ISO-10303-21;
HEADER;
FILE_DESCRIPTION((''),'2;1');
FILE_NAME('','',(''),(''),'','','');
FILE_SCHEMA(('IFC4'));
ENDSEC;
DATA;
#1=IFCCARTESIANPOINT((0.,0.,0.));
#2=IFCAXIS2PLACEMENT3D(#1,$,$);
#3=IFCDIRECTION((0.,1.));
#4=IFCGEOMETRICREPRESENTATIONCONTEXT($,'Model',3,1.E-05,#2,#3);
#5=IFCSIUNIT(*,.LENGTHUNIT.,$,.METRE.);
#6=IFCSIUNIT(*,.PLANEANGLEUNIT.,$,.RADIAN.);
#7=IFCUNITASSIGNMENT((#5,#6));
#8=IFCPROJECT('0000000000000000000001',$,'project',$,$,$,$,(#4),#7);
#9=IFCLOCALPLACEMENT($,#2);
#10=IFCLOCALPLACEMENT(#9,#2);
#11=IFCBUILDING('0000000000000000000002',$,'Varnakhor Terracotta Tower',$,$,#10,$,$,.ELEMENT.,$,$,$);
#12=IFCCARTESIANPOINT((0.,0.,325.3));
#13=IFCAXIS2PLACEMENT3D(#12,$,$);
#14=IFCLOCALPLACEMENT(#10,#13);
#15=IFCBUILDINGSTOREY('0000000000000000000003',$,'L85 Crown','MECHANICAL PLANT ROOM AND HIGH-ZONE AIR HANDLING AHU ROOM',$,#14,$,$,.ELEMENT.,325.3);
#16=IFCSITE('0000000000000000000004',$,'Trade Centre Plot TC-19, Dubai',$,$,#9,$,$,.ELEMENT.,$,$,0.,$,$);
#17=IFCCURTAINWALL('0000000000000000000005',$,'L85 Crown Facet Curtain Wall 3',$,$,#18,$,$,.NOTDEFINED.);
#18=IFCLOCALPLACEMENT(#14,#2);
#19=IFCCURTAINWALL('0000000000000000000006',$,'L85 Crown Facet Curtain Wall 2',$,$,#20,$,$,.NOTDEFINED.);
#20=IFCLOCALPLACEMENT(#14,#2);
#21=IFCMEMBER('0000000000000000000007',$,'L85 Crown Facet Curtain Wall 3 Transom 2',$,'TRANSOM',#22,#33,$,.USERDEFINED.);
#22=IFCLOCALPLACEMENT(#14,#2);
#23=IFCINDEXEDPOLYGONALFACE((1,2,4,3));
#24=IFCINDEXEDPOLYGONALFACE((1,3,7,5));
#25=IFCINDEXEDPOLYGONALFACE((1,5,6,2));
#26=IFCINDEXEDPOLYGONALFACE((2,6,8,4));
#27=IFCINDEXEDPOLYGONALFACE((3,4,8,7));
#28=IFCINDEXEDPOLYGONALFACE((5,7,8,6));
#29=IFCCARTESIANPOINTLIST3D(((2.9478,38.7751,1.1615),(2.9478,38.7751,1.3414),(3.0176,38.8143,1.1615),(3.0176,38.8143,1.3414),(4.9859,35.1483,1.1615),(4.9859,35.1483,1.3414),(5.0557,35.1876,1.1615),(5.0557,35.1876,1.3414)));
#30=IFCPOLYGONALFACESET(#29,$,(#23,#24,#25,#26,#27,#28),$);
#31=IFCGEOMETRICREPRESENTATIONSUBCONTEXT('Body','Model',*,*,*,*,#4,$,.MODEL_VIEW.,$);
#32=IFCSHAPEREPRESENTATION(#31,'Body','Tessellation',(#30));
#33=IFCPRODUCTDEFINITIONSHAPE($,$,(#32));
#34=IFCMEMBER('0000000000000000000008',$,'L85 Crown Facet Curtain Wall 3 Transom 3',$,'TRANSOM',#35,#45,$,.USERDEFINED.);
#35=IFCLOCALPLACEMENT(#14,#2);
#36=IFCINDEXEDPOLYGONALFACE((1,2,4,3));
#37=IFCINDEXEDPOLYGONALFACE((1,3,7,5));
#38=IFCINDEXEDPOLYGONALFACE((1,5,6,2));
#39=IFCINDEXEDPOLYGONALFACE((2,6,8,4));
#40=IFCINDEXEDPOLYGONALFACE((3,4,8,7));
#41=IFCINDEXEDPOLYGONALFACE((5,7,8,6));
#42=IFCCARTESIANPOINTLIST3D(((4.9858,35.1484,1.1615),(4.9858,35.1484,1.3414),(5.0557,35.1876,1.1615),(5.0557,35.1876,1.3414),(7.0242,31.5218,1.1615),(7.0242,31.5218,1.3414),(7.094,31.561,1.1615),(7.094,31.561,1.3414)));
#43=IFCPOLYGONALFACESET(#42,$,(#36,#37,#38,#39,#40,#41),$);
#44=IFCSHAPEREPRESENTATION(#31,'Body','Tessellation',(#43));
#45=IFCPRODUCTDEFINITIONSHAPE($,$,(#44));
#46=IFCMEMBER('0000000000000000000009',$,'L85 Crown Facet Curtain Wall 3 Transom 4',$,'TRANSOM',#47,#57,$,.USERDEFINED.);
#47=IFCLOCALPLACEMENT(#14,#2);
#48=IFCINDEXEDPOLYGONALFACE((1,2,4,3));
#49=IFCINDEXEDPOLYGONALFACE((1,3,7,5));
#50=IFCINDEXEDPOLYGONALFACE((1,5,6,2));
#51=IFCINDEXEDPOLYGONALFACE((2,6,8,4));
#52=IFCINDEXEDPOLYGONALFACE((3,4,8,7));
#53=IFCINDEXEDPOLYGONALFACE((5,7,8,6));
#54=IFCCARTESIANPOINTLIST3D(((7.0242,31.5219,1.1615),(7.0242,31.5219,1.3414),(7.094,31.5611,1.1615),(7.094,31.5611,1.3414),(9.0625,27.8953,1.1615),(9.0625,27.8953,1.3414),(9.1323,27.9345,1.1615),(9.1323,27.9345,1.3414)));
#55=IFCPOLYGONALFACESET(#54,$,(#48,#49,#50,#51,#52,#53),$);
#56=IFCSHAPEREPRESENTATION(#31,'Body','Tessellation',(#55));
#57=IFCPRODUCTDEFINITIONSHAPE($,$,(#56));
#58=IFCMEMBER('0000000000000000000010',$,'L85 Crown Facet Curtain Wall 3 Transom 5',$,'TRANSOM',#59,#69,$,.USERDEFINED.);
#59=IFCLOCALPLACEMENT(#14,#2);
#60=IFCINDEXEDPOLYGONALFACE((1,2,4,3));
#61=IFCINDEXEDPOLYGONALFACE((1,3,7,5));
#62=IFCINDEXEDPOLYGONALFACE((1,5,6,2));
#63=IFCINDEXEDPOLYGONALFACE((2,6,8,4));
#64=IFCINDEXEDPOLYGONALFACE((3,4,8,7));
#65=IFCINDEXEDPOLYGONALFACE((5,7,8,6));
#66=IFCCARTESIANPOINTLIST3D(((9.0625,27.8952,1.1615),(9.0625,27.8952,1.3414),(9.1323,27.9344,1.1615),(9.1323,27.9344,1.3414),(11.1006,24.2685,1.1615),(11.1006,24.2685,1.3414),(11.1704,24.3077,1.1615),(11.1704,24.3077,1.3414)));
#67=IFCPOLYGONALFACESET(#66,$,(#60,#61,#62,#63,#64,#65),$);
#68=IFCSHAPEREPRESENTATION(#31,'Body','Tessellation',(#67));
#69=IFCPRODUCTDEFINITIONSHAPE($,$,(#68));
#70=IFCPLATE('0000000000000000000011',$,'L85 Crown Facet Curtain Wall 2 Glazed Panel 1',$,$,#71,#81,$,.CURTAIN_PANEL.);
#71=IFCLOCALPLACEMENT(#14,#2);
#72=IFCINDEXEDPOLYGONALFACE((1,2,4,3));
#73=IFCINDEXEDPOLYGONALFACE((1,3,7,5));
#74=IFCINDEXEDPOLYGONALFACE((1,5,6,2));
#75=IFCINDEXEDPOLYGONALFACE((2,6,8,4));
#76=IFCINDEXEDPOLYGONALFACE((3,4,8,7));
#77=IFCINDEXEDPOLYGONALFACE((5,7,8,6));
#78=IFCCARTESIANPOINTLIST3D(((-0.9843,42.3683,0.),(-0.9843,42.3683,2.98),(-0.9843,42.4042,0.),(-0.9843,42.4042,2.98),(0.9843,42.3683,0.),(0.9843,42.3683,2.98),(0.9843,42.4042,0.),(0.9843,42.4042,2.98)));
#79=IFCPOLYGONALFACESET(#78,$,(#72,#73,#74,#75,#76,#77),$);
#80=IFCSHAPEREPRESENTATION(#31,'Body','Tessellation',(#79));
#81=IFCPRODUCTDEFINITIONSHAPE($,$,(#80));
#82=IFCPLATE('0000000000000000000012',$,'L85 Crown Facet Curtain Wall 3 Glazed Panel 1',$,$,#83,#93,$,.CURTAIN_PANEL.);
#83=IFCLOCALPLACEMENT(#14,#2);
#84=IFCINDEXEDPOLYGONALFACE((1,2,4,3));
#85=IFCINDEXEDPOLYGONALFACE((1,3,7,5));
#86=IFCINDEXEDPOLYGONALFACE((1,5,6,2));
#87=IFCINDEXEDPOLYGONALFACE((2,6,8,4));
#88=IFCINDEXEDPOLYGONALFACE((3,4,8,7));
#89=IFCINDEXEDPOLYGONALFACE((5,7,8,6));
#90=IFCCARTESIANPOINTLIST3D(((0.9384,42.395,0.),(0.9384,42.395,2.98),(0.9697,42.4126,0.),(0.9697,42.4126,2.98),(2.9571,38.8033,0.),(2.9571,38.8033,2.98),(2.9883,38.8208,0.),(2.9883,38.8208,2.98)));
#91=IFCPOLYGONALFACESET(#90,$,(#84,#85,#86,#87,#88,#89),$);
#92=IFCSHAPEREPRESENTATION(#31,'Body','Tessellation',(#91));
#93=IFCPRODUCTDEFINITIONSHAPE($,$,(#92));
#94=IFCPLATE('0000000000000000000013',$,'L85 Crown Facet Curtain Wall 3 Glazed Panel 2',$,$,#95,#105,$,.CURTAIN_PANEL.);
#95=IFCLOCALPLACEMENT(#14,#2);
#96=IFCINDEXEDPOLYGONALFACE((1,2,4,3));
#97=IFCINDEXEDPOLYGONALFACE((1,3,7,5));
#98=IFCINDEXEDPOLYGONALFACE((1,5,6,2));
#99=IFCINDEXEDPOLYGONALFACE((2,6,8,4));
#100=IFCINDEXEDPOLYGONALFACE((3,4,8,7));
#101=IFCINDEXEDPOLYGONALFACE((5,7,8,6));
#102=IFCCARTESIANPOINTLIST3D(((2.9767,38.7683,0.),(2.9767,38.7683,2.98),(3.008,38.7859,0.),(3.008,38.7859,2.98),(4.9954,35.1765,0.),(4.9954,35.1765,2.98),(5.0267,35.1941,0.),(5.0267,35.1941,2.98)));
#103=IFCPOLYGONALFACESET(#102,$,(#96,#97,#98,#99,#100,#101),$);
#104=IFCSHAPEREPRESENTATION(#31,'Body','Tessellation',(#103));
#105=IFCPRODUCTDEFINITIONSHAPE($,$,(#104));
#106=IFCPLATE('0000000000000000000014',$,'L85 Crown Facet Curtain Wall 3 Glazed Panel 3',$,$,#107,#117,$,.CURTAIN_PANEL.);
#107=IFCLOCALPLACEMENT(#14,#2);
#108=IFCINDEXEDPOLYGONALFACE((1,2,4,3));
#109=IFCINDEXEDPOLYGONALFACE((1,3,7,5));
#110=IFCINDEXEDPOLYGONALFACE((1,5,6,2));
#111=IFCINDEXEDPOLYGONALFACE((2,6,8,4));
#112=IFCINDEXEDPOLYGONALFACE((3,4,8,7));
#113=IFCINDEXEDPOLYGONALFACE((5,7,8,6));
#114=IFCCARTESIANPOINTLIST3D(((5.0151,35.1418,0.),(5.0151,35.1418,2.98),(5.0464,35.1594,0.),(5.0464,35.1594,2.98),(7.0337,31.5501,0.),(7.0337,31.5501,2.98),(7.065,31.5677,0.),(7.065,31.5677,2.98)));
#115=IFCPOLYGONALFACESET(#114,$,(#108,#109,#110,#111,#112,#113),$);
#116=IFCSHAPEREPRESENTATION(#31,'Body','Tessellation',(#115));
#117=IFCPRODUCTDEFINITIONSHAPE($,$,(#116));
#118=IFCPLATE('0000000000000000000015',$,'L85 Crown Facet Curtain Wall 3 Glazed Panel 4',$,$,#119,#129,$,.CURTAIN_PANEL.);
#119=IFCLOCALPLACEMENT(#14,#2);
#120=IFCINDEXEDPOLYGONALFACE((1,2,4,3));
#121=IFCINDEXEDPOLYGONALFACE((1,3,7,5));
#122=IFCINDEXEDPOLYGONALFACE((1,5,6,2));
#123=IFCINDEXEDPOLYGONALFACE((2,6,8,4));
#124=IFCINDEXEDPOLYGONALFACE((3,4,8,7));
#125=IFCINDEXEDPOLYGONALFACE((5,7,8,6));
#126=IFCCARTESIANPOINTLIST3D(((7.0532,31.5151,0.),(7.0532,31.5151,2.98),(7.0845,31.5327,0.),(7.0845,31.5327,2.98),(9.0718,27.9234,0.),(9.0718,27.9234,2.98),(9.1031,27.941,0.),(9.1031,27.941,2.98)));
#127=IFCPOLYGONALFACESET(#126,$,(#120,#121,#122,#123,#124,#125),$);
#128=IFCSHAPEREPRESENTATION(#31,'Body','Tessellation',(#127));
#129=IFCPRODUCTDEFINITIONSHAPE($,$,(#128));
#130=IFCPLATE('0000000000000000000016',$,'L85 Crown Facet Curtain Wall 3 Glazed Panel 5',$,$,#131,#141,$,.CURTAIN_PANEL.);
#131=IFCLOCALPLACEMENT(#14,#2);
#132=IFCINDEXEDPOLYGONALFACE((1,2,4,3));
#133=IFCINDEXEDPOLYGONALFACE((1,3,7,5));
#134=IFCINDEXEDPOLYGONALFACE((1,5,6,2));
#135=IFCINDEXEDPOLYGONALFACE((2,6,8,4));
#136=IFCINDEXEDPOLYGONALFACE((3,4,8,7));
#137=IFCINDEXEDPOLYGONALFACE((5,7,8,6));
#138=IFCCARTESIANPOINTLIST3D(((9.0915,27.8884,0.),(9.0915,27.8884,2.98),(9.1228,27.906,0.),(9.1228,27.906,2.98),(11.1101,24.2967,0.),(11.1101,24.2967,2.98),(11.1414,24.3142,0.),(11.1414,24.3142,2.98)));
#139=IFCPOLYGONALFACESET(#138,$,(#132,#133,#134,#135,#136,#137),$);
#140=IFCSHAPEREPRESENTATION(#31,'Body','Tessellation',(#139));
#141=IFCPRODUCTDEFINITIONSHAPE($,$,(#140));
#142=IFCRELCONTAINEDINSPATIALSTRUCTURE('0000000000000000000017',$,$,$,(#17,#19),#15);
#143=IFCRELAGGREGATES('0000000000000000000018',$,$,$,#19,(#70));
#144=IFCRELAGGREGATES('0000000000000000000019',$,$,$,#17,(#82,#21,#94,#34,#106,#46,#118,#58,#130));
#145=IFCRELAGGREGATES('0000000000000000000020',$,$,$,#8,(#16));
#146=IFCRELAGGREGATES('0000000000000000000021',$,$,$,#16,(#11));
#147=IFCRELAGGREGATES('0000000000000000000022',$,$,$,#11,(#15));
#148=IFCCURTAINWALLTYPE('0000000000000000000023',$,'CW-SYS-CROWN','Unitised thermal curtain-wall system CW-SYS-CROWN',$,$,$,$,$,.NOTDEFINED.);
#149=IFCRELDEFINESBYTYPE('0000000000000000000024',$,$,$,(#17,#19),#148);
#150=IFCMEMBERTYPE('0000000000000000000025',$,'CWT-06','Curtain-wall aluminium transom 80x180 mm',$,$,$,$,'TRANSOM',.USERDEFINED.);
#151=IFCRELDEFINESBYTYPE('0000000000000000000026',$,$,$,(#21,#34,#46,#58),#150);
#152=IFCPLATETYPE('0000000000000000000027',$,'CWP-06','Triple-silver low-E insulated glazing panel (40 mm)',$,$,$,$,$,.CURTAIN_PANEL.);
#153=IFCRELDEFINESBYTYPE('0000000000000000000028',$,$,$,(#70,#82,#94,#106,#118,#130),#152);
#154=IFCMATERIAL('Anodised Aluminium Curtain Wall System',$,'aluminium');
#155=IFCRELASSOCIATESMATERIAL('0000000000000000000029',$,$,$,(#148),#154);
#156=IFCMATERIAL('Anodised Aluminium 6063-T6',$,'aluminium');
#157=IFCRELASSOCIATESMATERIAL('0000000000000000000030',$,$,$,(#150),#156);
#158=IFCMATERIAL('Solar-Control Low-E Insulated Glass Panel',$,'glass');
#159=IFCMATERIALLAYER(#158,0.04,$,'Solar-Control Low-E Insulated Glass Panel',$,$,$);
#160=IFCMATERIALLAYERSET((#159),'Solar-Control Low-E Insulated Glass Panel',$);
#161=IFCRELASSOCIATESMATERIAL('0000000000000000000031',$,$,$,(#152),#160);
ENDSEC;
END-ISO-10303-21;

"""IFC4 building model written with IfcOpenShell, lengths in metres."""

from ifc_helpers import new_model, si_unit, direction, frame, origin, origin_2d, place, context, subcontext, project, spatial, rectangle, extrude, source, transform, mapped, material, layer, layer_set, material_profile, profile_set, type_object, element, aggregate, save


model = new_model("IFC4")

# Units and contexts
model_context = context("Model", 3, precision=1e-05, world=origin(), true_north=direction((0.0, 1.0)))
body_context = subcontext(model_context, "Body", "Model", "MODEL_VIEW")
ifc_project = project(units=[si_unit("LENGTHUNIT", "METRE"), si_unit("PLANEANGLEUNIT", "RADIAN")], contexts=[model_context])

# Site, building, storey
site_placement = place(None, origin())
site = spatial("IfcSite", under=ifc_project, at=site_placement, Name="Trade Centre Plot TC-19, Dubai", CompositionType="ELEMENT", RefElevation=0.0)
building_placement = place(site_placement, origin())
building = spatial("IfcBuilding", under=site, at=building_placement, Name="Varnakhor Terracotta Tower", CompositionType="ELEMENT")
storey_placement = place(building_placement, frame((0.0, 0.0, 325.3)))
storey = spatial("IfcBuildingStorey", under=building, at=storey_placement, Name="L85 Crown", Description="MECHANICAL PLANT ROOM AND HIGH-ZONE AIR HANDLING AHU ROOM", CompositionType="ELEMENT", Elevation=325.3)

# Curtain wall
ifc_material_1 = material(Name="Anodised Aluminium Curtain Wall System", Category="aluminium")
curtain_wall_type = type_object("IfcCurtainWallType", Name="CW-SYS-CROWN", Description="Unitised thermal curtain-wall system CW-SYS-CROWN", PredefinedType="NOTDEFINED", material=ifc_material_1)
curtain_wall_1_placement = place(storey_placement, origin())
curtain_wall_1 = element("IfcCurtainWall", 1, at=curtain_wall_1_placement, inside=storey, type_object=curtain_wall_type, Name="L85 Crown Facet Curtain Wall 3", PredefinedType="NOTDEFINED")
ifc_material_2 = material(Name="Anodised Aluminium 6063-T6", Category="aluminium")

# Curtain wall
curtain_wall_2_placement = place(storey_placement, origin())
curtain_wall_2 = element("IfcCurtainWall", 2, at=curtain_wall_2_placement, inside=storey, type_object=curtain_wall_type, Name="L85 Crown Facet Curtain Wall 2", PredefinedType="NOTDEFINED")
ifc_material_profile_1 = material_profile(ifc_material_2, rectangle(XDim=0.0801, YDim=0.1799, at=origin_2d()), Name="ALU TRANSOM 80x180")
ifc_profile_set_1 = profile_set([ifc_material_profile_1], Name="Anodised Aluminium 6063-T6")
member_type_1 = type_object("IfcMemberType", Name="CWT-06", Description="Curtain-wall aluminium transom 80x180 mm", ElementType="TRANSOM", PredefinedType="USERDEFINED", material=ifc_profile_set_1)

# Members
shared_shape_1 = source(origin(), body_context, "Body", "SweptSolid", [
    extrude(rectangle(XDim=0.0801, YDim=0.1799, at=origin_2d()), origin(), (0.0, 0.0, 1.0), 4.1602),
])
member_1_placement = place(storey_placement, frame((2.9827, 38.7947, 1.2515), z_axis=(0.489907, -0.871775, 0.0), x_axis=(0.871775, 0.489907, 0.0)))
member_1 = element("IfcMember", 3, at=member_1_placement, type_object=member_type_1, Name="L85 Crown Facet Curtain Wall 3 Transom 2", ObjectType="TRANSOM", PredefinedType="USERDEFINED", context=body_context, shape_type="MappedRepresentation", body=[
    mapped(shared_shape_1, transform((0.0, 0.0, 0.0), scale=1.0)),
])
member_2_placement = place(storey_placement, frame((5.0208, 35.168, 1.2515), z_axis=(0.489977, -0.871735, 0.0), x_axis=(0.871735, 0.489977, 0.0)))
member_2 = element("IfcMember", 4, at=member_2_placement, type_object=member_type_1, Name="L85 Crown Facet Curtain Wall 3 Transom 3", ObjectType="TRANSOM", PredefinedType="USERDEFINED", context=body_context, shape_type="MappedRepresentation", body=[
    mapped(shared_shape_1, transform((0.0, 0.0, 0.0), scale=1.0)),
])
member_3_placement = place(storey_placement, frame((7.0591, 31.5415, 1.2515), z_axis=(0.489952, -0.871749, 0.0), x_axis=(0.871749, 0.489952, 0.0)))
member_3 = element("IfcMember", 5, at=member_3_placement, type_object=member_type_1, Name="L85 Crown Facet Curtain Wall 3 Transom 4", ObjectType="TRANSOM", PredefinedType="USERDEFINED", context=body_context, shape_type="MappedRepresentation", body=[
    mapped(shared_shape_1, transform((0.0, 0.0, 0.0), scale=1.0)),
])
member_4_placement = place(storey_placement, frame((9.0974, 27.9148, 1.2515), z_axis=(0.489907, -0.871775, 0.0), x_axis=(0.871775, 0.489907, 0.0)))
member_4 = element("IfcMember", 6, at=member_4_placement, type_object=member_type_1, Name="L85 Crown Facet Curtain Wall 3 Transom 5", ObjectType="TRANSOM", PredefinedType="USERDEFINED", context=body_context, shape_type="MappedRepresentation", body=[
    mapped(shared_shape_1, transform((0.0, 0.0, 0.0), scale=1.0)),
])

# Plates
ifc_material_3 = material(Name="Solar-Control Low-E Insulated Glass Panel", Category="glass")
ifc_layer = layer(ifc_material_3, 0.04, Name="Solar-Control Low-E Insulated Glass Panel")
ifc_layer_set = layer_set([ifc_layer], Name="Solar-Control Low-E Insulated Glass Panel")
plate_type = type_object("IfcPlateType", Name="CWP-06", Description="Triple-silver low-E insulated glazing panel (40 mm)", PredefinedType="CURTAIN_PANEL", material=ifc_layer_set)
shared_shape_2 = source(origin(), body_context, "Body", "SweptSolid", [
    extrude(rectangle(XDim=1.9685, YDim=0.0359, at=origin_2d()), origin(), (0.0, 0.0, 1.0), 2.98),
])
plate_1_placement = place(storey_placement, frame((0.0, 42.3862, 0.0), z_axis=(0.0, 0.0, 1.0), x_axis=(1.0, 0.0, 0.0)))
plate_1 = element("IfcPlate", 7, at=plate_1_placement, type_object=plate_type, Name="L85 Crown Facet Curtain Wall 2 Glazed Panel 1", PredefinedType="CURTAIN_PANEL", context=body_context, shape_type="MappedRepresentation", body=[
    mapped(shared_shape_2, transform((0.0, 0.0, 0.0), scale=1.0)),
])
aggregate(curtain_wall_2, [plate_1])
shared_shape_3 = source(origin(), body_context, "Body", "SweptSolid", [
    extrude(rectangle(XDim=4.1201, YDim=0.0359, at=origin_2d()), origin(), (0.0, 0.0, 1.0), 2.98),
])
plate_2_placement = place(storey_placement, frame((1.9634, 40.6079, 0.0), z_axis=(0.0, 0.0, 1.0), x_axis=(0.489946, -0.871753, 0.0)))
plate_2 = element("IfcPlate", 8, at=plate_2_placement, type_object=plate_type, Name="L85 Crown Facet Curtain Wall 3 Glazed Panel 1", PredefinedType="CURTAIN_PANEL", context=body_context, shape_type="MappedRepresentation", body=[
    mapped(shared_shape_3, transform((0.0, 0.0, 0.0), scale=1.0)),
])
plate_3_placement = place(storey_placement, frame((4.0017, 36.9812, 0.0), z_axis=(0.0, 0.0, 1.0), x_axis=(0.489946, -0.871753, 0.0)))
plate_3 = element("IfcPlate", 9, at=plate_3_placement, type_object=plate_type, Name="L85 Crown Facet Curtain Wall 3 Glazed Panel 2", PredefinedType="CURTAIN_PANEL", context=body_context, shape_type="MappedRepresentation", body=[
    mapped(shared_shape_3, transform((0.0, 0.0, 0.0), scale=1.0)),
])
plate_4_placement = place(storey_placement, frame((6.04, 33.3547, 0.0), z_axis=(0.0, 0.0, 1.0), x_axis=(0.489946, -0.871753, 0.0)))
plate_4 = element("IfcPlate", 10, at=plate_4_placement, type_object=plate_type, Name="L85 Crown Facet Curtain Wall 3 Glazed Panel 3", PredefinedType="CURTAIN_PANEL", context=body_context, shape_type="MappedRepresentation", body=[
    mapped(shared_shape_3, transform((0.0, 0.0, 0.0), scale=1.0)),
])
plate_5_placement = place(storey_placement, frame((8.0781, 29.728, 0.0), z_axis=(0.0, 0.0, 1.0), x_axis=(0.489946, -0.871753, 0.0)))
plate_5 = element("IfcPlate", 11, at=plate_5_placement, type_object=plate_type, Name="L85 Crown Facet Curtain Wall 3 Glazed Panel 4", PredefinedType="CURTAIN_PANEL", context=body_context, shape_type="MappedRepresentation", body=[
    mapped(shared_shape_3, transform((0.0, 0.0, 0.0), scale=1.0)),
])
plate_6_placement = place(storey_placement, frame((10.1165, 26.1013, 0.0), z_axis=(0.0, 0.0, 1.0), x_axis=(0.489946, -0.871753, 0.0)))
plate_6 = element("IfcPlate", 12, at=plate_6_placement, type_object=plate_type, Name="L85 Crown Facet Curtain Wall 3 Glazed Panel 5", PredefinedType="CURTAIN_PANEL", context=body_context, shape_type="MappedRepresentation", body=[
    mapped(shared_shape_3, transform((0.0, 0.0, 0.0), scale=1.0)),
])
aggregate(curtain_wall_1, [plate_2, member_1, plate_3, member_2, plate_4, member_3, plate_5, member_4, plate_6])

save(model, "model.ifc")
